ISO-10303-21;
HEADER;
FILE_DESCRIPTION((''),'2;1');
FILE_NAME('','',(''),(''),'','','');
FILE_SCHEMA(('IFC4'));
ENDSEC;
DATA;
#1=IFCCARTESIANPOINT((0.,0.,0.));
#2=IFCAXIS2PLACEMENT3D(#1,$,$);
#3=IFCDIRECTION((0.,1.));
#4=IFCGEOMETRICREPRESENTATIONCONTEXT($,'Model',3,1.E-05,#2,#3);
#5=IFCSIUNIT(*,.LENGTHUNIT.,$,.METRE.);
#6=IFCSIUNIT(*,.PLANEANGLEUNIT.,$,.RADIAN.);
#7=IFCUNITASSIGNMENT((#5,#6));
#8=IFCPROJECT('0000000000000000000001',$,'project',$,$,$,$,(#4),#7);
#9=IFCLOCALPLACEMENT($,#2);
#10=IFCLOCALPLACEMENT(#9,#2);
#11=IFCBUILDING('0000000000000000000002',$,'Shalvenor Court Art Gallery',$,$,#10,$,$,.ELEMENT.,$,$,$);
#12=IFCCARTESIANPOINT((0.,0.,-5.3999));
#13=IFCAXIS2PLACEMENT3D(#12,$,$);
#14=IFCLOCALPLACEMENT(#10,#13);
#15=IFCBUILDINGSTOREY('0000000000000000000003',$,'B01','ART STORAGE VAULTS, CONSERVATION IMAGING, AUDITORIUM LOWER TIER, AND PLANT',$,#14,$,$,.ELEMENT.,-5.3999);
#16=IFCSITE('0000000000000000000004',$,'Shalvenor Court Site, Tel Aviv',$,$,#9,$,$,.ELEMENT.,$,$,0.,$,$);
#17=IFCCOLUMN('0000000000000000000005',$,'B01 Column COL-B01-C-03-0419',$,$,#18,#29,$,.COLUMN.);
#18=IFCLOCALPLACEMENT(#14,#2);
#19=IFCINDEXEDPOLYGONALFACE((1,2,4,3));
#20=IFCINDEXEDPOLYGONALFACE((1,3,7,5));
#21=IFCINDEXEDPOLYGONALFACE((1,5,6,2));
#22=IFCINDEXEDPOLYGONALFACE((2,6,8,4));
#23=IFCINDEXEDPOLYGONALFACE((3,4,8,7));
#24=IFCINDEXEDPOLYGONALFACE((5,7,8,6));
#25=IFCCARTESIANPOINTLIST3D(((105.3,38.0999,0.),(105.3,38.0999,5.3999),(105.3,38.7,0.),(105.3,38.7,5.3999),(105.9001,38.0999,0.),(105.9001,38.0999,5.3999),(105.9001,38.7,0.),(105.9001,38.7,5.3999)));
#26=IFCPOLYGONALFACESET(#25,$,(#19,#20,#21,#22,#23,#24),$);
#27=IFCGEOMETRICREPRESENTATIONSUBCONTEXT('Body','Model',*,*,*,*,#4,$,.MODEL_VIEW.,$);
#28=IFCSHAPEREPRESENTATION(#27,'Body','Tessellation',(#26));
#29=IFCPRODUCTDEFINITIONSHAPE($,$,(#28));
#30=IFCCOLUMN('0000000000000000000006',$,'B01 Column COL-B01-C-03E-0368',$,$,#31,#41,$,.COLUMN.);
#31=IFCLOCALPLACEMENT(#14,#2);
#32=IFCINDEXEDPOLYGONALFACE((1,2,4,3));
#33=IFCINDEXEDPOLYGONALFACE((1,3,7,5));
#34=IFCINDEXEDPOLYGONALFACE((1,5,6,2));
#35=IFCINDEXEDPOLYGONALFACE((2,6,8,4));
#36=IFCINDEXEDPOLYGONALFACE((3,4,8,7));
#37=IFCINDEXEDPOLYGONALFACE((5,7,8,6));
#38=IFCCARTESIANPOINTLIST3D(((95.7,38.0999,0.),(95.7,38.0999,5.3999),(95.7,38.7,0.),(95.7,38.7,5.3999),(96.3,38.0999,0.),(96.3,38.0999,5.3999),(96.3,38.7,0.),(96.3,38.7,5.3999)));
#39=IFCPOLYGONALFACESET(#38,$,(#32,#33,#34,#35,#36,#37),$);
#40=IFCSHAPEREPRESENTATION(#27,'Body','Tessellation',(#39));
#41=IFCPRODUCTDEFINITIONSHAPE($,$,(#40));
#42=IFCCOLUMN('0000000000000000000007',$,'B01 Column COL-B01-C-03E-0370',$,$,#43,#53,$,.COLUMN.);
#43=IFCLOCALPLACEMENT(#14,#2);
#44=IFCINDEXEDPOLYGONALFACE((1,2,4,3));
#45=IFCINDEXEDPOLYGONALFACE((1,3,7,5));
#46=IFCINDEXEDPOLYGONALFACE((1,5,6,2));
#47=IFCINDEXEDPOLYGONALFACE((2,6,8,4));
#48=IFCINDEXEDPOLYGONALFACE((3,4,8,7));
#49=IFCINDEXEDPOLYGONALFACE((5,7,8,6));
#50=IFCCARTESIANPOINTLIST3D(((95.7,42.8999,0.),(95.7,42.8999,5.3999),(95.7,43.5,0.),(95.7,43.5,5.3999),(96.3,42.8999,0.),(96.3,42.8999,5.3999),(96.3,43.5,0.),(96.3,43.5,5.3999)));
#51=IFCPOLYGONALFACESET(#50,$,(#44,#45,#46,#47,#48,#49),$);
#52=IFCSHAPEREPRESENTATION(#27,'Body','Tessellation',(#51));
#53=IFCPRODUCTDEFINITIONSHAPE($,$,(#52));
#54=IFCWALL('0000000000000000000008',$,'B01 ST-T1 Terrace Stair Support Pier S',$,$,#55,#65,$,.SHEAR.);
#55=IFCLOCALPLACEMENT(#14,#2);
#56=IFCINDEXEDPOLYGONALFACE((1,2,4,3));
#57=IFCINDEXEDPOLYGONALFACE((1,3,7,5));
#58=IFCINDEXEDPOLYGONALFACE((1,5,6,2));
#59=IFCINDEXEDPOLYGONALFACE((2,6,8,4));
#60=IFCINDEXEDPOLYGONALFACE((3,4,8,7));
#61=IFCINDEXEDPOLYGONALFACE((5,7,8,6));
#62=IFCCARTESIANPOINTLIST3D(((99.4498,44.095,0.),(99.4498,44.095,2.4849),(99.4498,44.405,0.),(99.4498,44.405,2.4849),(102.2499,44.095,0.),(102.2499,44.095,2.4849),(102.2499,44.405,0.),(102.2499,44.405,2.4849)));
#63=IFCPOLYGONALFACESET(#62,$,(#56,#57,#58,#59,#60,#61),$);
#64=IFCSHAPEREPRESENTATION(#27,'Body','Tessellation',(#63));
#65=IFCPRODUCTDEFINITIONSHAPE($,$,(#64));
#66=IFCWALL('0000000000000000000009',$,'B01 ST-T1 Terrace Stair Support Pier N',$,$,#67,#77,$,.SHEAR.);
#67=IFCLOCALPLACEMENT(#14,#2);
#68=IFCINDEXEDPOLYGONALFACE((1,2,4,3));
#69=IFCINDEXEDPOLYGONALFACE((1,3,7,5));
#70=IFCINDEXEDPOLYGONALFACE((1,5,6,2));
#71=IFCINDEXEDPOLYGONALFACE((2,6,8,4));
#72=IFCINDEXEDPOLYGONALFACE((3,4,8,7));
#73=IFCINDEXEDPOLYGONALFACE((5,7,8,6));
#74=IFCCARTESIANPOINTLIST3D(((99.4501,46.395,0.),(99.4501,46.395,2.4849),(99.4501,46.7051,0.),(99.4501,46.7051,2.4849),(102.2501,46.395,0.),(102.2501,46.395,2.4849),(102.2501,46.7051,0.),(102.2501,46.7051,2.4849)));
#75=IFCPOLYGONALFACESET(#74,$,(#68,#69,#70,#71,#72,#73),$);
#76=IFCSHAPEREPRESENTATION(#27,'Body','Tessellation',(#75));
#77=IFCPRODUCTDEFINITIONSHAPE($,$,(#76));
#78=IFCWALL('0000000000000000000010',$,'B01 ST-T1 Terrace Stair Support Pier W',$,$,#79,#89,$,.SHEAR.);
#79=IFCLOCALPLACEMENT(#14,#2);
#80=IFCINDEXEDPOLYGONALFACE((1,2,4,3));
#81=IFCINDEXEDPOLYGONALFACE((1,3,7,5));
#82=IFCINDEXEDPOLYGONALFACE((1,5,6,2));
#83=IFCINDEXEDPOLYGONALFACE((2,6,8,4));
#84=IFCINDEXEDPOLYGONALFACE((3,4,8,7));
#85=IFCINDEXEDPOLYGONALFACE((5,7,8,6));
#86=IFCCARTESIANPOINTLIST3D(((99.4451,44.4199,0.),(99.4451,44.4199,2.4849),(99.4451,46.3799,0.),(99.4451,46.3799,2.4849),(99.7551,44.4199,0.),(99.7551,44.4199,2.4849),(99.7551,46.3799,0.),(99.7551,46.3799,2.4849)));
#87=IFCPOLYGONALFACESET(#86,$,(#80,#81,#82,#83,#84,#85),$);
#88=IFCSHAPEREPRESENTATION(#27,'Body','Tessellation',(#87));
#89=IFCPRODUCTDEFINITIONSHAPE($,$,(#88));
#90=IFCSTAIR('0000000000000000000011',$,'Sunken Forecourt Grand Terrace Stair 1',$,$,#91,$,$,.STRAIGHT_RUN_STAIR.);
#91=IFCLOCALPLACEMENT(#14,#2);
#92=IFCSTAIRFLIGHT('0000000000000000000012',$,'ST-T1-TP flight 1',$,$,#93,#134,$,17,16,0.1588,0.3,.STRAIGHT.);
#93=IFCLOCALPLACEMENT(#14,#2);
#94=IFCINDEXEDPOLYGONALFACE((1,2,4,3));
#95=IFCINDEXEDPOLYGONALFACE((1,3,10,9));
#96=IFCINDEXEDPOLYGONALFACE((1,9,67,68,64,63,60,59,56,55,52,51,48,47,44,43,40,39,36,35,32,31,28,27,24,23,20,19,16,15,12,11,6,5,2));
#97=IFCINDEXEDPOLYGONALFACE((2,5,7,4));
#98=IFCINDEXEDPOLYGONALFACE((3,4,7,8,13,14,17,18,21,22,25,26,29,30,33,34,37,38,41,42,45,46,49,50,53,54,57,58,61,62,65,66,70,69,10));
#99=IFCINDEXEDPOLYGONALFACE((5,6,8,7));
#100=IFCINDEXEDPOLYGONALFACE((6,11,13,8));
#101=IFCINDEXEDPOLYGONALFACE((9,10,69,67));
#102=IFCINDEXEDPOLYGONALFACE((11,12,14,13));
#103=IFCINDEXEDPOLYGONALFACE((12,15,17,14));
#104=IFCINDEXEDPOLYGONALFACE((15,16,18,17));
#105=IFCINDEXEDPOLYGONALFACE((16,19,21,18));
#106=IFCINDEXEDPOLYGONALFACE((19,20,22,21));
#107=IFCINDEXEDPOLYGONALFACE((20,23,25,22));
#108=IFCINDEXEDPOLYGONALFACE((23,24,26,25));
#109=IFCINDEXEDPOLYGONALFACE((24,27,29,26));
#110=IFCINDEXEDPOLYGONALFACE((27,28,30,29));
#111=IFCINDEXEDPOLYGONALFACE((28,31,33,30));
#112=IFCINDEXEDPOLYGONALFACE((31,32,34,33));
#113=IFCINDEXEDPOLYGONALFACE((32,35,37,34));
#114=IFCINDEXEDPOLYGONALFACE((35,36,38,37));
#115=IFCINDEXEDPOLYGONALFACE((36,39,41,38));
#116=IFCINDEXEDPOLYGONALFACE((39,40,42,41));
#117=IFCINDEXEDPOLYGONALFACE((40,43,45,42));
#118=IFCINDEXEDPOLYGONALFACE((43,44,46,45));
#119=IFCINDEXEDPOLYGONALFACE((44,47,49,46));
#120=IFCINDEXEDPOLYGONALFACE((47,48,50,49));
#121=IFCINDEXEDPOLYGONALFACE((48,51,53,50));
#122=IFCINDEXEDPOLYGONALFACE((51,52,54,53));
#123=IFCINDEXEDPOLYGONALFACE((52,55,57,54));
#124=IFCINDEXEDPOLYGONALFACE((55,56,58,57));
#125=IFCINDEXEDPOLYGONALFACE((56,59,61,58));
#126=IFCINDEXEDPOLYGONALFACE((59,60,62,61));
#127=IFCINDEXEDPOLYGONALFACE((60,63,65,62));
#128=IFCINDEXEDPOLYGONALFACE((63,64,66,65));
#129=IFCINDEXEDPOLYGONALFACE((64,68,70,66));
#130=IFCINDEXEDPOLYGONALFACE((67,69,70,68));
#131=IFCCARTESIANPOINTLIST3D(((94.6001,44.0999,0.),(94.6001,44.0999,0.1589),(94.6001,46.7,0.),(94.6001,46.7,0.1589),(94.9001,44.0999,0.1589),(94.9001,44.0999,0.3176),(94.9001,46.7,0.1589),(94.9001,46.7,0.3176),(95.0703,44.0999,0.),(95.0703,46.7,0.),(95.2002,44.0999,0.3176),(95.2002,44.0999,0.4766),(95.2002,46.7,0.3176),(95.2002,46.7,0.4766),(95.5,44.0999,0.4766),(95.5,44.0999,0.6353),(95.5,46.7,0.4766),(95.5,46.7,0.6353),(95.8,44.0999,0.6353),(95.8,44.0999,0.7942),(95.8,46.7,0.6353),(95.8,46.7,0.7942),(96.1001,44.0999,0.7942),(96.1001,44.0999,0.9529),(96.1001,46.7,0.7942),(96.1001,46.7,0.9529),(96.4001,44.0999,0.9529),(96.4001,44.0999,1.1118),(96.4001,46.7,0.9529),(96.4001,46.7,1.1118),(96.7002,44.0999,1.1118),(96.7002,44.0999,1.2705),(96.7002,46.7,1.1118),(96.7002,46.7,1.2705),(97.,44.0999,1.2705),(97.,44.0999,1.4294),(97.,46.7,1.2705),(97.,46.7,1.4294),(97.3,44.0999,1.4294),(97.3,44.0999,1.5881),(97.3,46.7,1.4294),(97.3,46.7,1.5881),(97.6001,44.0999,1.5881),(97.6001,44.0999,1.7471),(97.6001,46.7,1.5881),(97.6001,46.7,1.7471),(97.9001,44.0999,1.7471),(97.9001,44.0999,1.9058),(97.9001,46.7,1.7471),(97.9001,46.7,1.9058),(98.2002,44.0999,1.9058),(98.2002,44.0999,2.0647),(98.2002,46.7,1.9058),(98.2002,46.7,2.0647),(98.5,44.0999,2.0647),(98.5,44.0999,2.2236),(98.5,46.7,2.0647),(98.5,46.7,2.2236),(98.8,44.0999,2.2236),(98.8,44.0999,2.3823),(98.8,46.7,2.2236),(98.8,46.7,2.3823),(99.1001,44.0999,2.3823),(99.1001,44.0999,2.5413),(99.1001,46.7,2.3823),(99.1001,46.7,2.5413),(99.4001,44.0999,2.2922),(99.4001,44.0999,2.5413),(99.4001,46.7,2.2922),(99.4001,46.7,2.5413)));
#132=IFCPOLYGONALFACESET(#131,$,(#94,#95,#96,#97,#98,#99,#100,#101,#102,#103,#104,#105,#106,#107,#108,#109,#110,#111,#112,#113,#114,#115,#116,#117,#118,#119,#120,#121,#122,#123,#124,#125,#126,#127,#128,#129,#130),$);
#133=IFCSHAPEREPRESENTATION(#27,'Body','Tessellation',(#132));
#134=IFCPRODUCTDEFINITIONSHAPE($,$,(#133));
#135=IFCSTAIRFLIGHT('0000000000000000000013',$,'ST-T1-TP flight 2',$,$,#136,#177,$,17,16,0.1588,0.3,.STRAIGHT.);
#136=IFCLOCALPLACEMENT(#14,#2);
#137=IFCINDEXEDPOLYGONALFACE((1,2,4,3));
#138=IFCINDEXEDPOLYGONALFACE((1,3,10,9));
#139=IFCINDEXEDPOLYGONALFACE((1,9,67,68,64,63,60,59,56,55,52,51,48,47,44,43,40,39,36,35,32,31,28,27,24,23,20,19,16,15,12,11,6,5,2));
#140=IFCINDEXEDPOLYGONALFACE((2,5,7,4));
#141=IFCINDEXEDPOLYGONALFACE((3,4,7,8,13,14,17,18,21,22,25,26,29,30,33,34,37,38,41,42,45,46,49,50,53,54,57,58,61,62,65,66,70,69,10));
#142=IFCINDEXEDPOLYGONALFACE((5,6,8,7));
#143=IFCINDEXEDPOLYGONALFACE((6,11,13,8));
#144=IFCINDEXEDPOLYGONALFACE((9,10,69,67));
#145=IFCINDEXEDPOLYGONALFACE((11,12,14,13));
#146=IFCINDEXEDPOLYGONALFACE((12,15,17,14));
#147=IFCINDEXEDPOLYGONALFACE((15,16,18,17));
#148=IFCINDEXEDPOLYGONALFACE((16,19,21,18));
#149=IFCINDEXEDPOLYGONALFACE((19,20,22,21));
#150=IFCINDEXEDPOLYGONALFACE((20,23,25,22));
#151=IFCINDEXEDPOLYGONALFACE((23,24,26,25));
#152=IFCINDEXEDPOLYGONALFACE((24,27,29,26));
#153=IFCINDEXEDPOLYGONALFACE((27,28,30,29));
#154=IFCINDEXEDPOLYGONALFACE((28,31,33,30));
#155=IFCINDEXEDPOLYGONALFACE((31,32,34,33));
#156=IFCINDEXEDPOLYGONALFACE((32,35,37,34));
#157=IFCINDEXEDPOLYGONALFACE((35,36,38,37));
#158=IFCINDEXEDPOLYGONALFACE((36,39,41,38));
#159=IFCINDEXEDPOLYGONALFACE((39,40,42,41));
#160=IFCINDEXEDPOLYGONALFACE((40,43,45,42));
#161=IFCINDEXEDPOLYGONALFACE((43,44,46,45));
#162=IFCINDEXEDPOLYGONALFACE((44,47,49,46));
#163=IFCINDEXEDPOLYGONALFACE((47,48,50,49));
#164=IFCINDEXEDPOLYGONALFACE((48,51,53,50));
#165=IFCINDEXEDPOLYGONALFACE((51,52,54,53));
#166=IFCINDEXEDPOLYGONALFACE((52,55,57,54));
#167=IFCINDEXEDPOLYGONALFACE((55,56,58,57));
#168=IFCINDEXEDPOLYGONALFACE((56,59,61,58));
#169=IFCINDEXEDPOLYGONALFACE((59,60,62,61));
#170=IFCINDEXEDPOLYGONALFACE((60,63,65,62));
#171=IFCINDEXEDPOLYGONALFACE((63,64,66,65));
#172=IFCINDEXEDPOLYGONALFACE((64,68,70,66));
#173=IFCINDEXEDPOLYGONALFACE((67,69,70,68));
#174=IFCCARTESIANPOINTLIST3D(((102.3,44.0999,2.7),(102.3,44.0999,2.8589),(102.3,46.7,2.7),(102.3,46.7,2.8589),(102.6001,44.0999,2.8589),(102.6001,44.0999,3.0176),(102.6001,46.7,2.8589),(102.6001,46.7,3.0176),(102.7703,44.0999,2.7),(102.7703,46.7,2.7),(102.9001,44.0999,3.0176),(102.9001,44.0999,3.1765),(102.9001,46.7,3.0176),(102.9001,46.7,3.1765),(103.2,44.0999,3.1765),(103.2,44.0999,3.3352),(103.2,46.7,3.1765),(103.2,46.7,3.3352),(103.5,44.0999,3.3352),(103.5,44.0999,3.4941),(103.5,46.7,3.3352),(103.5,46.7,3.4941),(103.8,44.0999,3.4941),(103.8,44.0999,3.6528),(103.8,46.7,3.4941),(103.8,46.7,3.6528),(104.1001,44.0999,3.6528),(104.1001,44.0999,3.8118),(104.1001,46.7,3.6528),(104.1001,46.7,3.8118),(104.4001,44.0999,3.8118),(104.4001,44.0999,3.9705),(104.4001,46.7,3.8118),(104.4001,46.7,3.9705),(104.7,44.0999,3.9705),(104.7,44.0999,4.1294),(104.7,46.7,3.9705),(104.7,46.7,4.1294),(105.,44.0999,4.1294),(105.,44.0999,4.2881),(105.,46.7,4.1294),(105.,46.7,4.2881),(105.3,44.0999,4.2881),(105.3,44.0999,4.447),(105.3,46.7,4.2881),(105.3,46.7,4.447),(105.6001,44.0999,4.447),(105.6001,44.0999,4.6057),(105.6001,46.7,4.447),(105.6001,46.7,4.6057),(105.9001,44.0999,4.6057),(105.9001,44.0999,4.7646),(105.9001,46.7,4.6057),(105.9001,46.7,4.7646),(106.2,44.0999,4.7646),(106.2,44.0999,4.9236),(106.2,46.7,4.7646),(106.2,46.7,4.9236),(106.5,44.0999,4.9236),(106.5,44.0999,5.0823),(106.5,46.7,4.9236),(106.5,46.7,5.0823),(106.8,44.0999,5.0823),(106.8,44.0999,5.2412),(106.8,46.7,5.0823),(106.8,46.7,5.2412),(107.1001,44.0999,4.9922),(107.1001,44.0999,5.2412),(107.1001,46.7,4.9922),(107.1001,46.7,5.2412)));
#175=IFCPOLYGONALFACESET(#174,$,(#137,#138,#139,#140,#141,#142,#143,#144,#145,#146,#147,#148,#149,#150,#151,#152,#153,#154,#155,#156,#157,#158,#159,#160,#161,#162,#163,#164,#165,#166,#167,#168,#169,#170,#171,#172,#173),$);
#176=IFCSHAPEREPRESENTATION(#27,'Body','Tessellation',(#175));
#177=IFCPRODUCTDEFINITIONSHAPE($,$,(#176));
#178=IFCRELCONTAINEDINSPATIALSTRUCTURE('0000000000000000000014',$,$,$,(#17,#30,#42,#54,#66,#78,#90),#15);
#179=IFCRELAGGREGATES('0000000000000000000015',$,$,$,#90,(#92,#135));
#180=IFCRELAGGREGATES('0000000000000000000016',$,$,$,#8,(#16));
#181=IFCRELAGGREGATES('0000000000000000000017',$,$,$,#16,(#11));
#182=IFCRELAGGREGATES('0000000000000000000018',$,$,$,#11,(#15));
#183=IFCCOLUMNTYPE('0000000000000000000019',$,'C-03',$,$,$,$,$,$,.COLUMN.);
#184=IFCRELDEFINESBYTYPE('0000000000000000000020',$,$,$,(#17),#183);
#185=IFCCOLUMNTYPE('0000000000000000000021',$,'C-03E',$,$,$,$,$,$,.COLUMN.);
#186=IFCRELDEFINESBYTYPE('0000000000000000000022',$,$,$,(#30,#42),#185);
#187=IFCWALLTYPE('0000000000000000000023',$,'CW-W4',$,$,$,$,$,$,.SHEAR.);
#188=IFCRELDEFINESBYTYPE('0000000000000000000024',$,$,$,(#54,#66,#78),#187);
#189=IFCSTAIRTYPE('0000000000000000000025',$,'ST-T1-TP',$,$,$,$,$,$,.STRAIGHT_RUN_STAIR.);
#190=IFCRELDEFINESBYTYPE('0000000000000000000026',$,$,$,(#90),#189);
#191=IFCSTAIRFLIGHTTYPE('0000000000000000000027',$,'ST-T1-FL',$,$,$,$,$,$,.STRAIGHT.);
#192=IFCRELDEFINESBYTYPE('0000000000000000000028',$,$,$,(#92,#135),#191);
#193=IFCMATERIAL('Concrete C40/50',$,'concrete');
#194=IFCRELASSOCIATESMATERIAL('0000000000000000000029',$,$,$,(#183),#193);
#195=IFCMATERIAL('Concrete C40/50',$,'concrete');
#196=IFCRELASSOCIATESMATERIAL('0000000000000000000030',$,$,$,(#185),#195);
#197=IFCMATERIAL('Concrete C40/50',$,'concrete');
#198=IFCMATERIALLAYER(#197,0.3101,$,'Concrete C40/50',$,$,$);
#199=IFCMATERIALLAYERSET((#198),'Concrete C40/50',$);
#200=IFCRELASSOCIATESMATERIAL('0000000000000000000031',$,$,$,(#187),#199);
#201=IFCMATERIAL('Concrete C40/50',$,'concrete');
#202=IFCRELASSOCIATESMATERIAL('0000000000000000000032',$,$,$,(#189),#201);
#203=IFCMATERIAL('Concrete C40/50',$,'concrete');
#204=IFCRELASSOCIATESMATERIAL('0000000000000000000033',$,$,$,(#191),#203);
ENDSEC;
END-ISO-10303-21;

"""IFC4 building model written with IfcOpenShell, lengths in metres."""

from ifc_helpers import new_model, si_unit, direction, frame, frame_2d, origin, origin_2d, place, context, subcontext, project, spatial, polyline, rectangle, outline, extrude, material, layer, layer_set, material_profile, profile_set, type_object, element, aggregate, save


model = new_model("IFC4")

# Units and contexts
model_context = context("Model", 3, precision=1e-05, world=origin(), true_north=direction((0.0, 1.0)))
body_context = subcontext(model_context, "Body", "Model", "MODEL_VIEW")
ifc_project = project(units=[si_unit("LENGTHUNIT", "METRE"), si_unit("PLANEANGLEUNIT", "RADIAN")], contexts=[model_context])

# Site, building, storey
site_placement = place(None, origin())
site = spatial("IfcSite", under=ifc_project, at=site_placement, Name="Shalvenor Court Site, Tel Aviv", CompositionType="ELEMENT", RefElevation=0.0)
building_placement = place(site_placement, origin())
building = spatial("IfcBuilding", under=site, at=building_placement, Name="Shalvenor Court Art Gallery", CompositionType="ELEMENT")
storey_placement = place(building_placement, frame((0.0, 0.0, -5.3999)))
storey = spatial("IfcBuildingStorey", under=building, at=storey_placement, Name="B01", Description="ART STORAGE VAULTS, CONSERVATION IMAGING, AUDITORIUM LOWER TIER, AND PLANT", CompositionType="ELEMENT", Elevation=-5.3999)

# Columns
ifc_material_1 = material(Name="Concrete C40/50", Category="concrete")
ifc_material_profile_1 = material_profile(ifc_material_1, rectangle(XDim=0.6001, YDim=0.6001, at=origin_2d()), Name="RC 600x600")
ifc_profile_set_1 = profile_set([ifc_material_profile_1], Name="Concrete C40/50")
column_type_1 = type_object("IfcColumnType", Name="C-03", PredefinedType="COLUMN", material=ifc_profile_set_1)
column_placement = place(storey_placement, frame((105.6001, 38.3999, 0.0), z_axis=(0.0, 0.0, 1.0), x_axis=(1.0, 0.0, 0.0)))
element("IfcColumn", 1, at=column_placement, inside=storey, type_object=column_type_1, Name="B01 Column COL-B01-C-03-0419", PredefinedType="COLUMN", context=body_context, shape_type="SweptSolid", body=[
    extrude(rectangle(XDim=0.6001, YDim=0.6001, at=origin_2d()), origin(), (0.0, 0.0, 1.0), 5.3999),
])
ifc_material_2 = material(Name="Concrete C40/50", Category="concrete")
ifc_material_profile_2 = material_profile(ifc_material_2, rectangle(XDim=0.6001, YDim=0.6001, at=origin_2d()), Name="RC 600x600")
ifc_profile_set_2 = profile_set([ifc_material_profile_2], Name="Concrete C40/50")
column_type_2 = type_object("IfcColumnType", Name="C-03E", PredefinedType="COLUMN", material=ifc_profile_set_2)
for number, where, z_axis, x_axis, name in (
    (2, (96.0, 38.3999, 0.0), (0.0, 0.0, 1.0), (1.0, 0.0, 0.0), "B01 Column COL-B01-C-03E-0368"),
    (3, (96.0, 43.2, 0.0), (0.0, 0.0, 1.0), (1.0, 0.0, 0.0), "B01 Column COL-B01-C-03E-0370"),
):
    element("IfcColumn", number, at=place(storey_placement, frame(where, z_axis=z_axis, x_axis=x_axis)), inside=storey, type_object=column_type_2, Name=name, PredefinedType="COLUMN", context=body_context, shape_type="SweptSolid", body=[
        extrude(rectangle(XDim=0.6001, YDim=0.6001, at=origin_2d()), origin(), (0.0, 0.0, 1.0), 5.3999),
    ])

# Walls
ifc_material_3 = material(Name="Concrete C40/50", Category="concrete")
ifc_layer = layer(ifc_material_3, 0.3101, Name="Concrete C40/50")
ifc_layer_set = layer_set([ifc_layer], Name="Concrete C40/50")
wall_type = type_object("IfcWallType", Name="CW-W4", PredefinedType="SHEAR", material=ifc_layer_set)
for number, where, z_axis, x_axis, name in (
    (4, (99.45, 44.25, 0.0), (0.0, 0.0, 1.0), (1.0, 0.0, 0.0), "B01 ST-T1 Terrace Stair Support Pier S"),
    (5, (102.25, 46.55, 0.0), (0.0, 0.0, 1.0), (-1.0, 0.0, 0.0), "B01 ST-T1 Terrace Stair Support Pier N"),
):
    element("IfcWall", number, at=place(storey_placement, frame(where, z_axis=z_axis, x_axis=x_axis)), inside=storey, type_object=wall_type, Name=name, PredefinedType="SHEAR", context=body_context, shape_type="SweptSolid", body=[
        extrude(rectangle(XDim=2.8, YDim=0.3101, at=frame_2d((1.3999, 0.0))), origin(), (0.0, 0.0, 1.0), 2.4849),
    ])
wall_placement = place(storey_placement, frame((99.6001, 44.4199, 0.0), z_axis=(0.0, 0.0, 1.0), x_axis=(0.0, 1.0, 0.0)))
element("IfcWall", 6, at=wall_placement, inside=storey, type_object=wall_type, Name="B01 ST-T1 Terrace Stair Support Pier W", PredefinedType="SHEAR", context=body_context, shape_type="SweptSolid", body=[
    extrude(rectangle(XDim=1.96, YDim=0.3101, at=frame_2d((0.98, 0.0))), origin(), (0.0, 0.0, 1.0), 2.4849),
])

# Stair, stair flights
ifc_material_4 = material(Name="Concrete C40/50", Category="concrete")
stair_type = type_object("IfcStairType", Name="ST-T1-TP", PredefinedType="STRAIGHT_RUN_STAIR", material=ifc_material_4)
stair_placement = place(storey_placement, origin())
stair = element("IfcStair", 7, at=stair_placement, inside=storey, type_object=stair_type, Name="Sunken Forecourt Grand Terrace Stair 1", PredefinedType="STRAIGHT_RUN_STAIR")
ifc_material_5 = material(Name="Concrete C40/50", Category="concrete")
stair_flight_type = type_object("IfcStairFlightType", Name="ST-T1-FL", PredefinedType="STRAIGHT", material=ifc_material_5)
stair_flight_1_placement = place(storey_placement, frame((94.6001, 45.3999, 0.0), z_axis=(0.0, 0.0, 1.0), x_axis=(1.0, 0.0, 0.0)))
stair_flight_1 = element("IfcStairFlight", 8, at=stair_flight_1_placement, type_object=stair_flight_type, Name="ST-T1-TP flight 1", NumberOfRisers=17, NumberOfTreads=16, PredefinedType="STRAIGHT", RiserHeight=0.1588, TreadLength=0.3, context=body_context, shape_type="SweptSolid", body=[
    extrude(outline(polyline([(0.0, 0.0), (0.0, 0.1589), (0.3, 0.1589), (0.3, 0.3176), (0.6001, 0.3176), (0.6001, 0.4766), (0.8999, 0.4766), (0.8999, 0.6353), (1.2, 0.6353), (1.2, 0.7942), (1.5, 0.7942), (1.5, 0.9529), (1.8, 0.9529), (1.8, 1.1118), (2.1001, 1.1118), (2.1001, 1.2705), (2.3999, 1.2705), (2.3999, 1.4294), (2.7, 1.4294), (2.7, 1.5881), (3.0, 1.5881), (3.0, 1.7471), (3.3, 1.7471), (3.3, 1.9058), (3.6001, 1.9058), (3.6001, 2.0647), (3.8999, 2.0647), (3.8999, 2.2236), (4.2, 2.2236), (4.2, 2.3823), (4.5, 2.3823), (4.5, 2.5413), (4.8, 2.5413), (4.8, 2.7), (4.8, 2.2922), (0.4702, 0.0), (0.0, 0.0)])), frame((0.0, 1.3, 0.0), z_axis=(0.0, -1.0, 0.0), x_axis=(1.0, 0.0, 0.0)), (0.0, 0.0, 1.0), 2.6001),
])
stair_flight_2_placement = place(storey_placement, frame((102.3, 45.3999, 2.7), z_axis=(0.0, 0.0, 1.0), x_axis=(1.0, 0.0, 0.0)))
stair_flight_2 = element("IfcStairFlight", 9, at=stair_flight_2_placement, type_object=stair_flight_type, Name="ST-T1-TP flight 2", NumberOfRisers=17, NumberOfTreads=16, PredefinedType="STRAIGHT", RiserHeight=0.1588, TreadLength=0.3, context=body_context, shape_type="SweptSolid", body=[
    extrude(outline(polyline([(0.0, 0.0), (0.0, 0.1589), (0.3, 0.1589), (0.3, 0.3176), (0.6001, 0.3176), (0.6001, 0.4766), (0.8999, 0.4766), (0.8999, 0.6353), (1.2, 0.6353), (1.2, 0.7942), (1.5, 0.7942), (1.5, 0.9529), (1.8, 0.9529), (1.8, 1.1118), (2.1001, 1.1118), (2.1001, 1.2705), (2.3999, 1.2705), (2.3999, 1.4294), (2.7, 1.4294), (2.7, 1.5881), (3.0, 1.5881), (3.0, 1.7471), (3.3, 1.7471), (3.3, 1.9058), (3.6001, 1.9058), (3.6001, 2.0647), (3.8999, 2.0647), (3.8999, 2.2236), (4.2, 2.2236), (4.2, 2.3823), (4.5, 2.3823), (4.5, 2.5413), (4.8, 2.5413), (4.8, 2.7), (4.8, 2.2922), (0.4702, 0.0), (0.0, 0.0)])), frame((0.0, 1.3, 0.0), z_axis=(0.0, -1.0, 0.0), x_axis=(1.0, 0.0, 0.0)), (0.0, 0.0, 1.0), 2.6001),
])
aggregate(stair, [stair_flight_1, stair_flight_2])

save(model, "model.ifc")
